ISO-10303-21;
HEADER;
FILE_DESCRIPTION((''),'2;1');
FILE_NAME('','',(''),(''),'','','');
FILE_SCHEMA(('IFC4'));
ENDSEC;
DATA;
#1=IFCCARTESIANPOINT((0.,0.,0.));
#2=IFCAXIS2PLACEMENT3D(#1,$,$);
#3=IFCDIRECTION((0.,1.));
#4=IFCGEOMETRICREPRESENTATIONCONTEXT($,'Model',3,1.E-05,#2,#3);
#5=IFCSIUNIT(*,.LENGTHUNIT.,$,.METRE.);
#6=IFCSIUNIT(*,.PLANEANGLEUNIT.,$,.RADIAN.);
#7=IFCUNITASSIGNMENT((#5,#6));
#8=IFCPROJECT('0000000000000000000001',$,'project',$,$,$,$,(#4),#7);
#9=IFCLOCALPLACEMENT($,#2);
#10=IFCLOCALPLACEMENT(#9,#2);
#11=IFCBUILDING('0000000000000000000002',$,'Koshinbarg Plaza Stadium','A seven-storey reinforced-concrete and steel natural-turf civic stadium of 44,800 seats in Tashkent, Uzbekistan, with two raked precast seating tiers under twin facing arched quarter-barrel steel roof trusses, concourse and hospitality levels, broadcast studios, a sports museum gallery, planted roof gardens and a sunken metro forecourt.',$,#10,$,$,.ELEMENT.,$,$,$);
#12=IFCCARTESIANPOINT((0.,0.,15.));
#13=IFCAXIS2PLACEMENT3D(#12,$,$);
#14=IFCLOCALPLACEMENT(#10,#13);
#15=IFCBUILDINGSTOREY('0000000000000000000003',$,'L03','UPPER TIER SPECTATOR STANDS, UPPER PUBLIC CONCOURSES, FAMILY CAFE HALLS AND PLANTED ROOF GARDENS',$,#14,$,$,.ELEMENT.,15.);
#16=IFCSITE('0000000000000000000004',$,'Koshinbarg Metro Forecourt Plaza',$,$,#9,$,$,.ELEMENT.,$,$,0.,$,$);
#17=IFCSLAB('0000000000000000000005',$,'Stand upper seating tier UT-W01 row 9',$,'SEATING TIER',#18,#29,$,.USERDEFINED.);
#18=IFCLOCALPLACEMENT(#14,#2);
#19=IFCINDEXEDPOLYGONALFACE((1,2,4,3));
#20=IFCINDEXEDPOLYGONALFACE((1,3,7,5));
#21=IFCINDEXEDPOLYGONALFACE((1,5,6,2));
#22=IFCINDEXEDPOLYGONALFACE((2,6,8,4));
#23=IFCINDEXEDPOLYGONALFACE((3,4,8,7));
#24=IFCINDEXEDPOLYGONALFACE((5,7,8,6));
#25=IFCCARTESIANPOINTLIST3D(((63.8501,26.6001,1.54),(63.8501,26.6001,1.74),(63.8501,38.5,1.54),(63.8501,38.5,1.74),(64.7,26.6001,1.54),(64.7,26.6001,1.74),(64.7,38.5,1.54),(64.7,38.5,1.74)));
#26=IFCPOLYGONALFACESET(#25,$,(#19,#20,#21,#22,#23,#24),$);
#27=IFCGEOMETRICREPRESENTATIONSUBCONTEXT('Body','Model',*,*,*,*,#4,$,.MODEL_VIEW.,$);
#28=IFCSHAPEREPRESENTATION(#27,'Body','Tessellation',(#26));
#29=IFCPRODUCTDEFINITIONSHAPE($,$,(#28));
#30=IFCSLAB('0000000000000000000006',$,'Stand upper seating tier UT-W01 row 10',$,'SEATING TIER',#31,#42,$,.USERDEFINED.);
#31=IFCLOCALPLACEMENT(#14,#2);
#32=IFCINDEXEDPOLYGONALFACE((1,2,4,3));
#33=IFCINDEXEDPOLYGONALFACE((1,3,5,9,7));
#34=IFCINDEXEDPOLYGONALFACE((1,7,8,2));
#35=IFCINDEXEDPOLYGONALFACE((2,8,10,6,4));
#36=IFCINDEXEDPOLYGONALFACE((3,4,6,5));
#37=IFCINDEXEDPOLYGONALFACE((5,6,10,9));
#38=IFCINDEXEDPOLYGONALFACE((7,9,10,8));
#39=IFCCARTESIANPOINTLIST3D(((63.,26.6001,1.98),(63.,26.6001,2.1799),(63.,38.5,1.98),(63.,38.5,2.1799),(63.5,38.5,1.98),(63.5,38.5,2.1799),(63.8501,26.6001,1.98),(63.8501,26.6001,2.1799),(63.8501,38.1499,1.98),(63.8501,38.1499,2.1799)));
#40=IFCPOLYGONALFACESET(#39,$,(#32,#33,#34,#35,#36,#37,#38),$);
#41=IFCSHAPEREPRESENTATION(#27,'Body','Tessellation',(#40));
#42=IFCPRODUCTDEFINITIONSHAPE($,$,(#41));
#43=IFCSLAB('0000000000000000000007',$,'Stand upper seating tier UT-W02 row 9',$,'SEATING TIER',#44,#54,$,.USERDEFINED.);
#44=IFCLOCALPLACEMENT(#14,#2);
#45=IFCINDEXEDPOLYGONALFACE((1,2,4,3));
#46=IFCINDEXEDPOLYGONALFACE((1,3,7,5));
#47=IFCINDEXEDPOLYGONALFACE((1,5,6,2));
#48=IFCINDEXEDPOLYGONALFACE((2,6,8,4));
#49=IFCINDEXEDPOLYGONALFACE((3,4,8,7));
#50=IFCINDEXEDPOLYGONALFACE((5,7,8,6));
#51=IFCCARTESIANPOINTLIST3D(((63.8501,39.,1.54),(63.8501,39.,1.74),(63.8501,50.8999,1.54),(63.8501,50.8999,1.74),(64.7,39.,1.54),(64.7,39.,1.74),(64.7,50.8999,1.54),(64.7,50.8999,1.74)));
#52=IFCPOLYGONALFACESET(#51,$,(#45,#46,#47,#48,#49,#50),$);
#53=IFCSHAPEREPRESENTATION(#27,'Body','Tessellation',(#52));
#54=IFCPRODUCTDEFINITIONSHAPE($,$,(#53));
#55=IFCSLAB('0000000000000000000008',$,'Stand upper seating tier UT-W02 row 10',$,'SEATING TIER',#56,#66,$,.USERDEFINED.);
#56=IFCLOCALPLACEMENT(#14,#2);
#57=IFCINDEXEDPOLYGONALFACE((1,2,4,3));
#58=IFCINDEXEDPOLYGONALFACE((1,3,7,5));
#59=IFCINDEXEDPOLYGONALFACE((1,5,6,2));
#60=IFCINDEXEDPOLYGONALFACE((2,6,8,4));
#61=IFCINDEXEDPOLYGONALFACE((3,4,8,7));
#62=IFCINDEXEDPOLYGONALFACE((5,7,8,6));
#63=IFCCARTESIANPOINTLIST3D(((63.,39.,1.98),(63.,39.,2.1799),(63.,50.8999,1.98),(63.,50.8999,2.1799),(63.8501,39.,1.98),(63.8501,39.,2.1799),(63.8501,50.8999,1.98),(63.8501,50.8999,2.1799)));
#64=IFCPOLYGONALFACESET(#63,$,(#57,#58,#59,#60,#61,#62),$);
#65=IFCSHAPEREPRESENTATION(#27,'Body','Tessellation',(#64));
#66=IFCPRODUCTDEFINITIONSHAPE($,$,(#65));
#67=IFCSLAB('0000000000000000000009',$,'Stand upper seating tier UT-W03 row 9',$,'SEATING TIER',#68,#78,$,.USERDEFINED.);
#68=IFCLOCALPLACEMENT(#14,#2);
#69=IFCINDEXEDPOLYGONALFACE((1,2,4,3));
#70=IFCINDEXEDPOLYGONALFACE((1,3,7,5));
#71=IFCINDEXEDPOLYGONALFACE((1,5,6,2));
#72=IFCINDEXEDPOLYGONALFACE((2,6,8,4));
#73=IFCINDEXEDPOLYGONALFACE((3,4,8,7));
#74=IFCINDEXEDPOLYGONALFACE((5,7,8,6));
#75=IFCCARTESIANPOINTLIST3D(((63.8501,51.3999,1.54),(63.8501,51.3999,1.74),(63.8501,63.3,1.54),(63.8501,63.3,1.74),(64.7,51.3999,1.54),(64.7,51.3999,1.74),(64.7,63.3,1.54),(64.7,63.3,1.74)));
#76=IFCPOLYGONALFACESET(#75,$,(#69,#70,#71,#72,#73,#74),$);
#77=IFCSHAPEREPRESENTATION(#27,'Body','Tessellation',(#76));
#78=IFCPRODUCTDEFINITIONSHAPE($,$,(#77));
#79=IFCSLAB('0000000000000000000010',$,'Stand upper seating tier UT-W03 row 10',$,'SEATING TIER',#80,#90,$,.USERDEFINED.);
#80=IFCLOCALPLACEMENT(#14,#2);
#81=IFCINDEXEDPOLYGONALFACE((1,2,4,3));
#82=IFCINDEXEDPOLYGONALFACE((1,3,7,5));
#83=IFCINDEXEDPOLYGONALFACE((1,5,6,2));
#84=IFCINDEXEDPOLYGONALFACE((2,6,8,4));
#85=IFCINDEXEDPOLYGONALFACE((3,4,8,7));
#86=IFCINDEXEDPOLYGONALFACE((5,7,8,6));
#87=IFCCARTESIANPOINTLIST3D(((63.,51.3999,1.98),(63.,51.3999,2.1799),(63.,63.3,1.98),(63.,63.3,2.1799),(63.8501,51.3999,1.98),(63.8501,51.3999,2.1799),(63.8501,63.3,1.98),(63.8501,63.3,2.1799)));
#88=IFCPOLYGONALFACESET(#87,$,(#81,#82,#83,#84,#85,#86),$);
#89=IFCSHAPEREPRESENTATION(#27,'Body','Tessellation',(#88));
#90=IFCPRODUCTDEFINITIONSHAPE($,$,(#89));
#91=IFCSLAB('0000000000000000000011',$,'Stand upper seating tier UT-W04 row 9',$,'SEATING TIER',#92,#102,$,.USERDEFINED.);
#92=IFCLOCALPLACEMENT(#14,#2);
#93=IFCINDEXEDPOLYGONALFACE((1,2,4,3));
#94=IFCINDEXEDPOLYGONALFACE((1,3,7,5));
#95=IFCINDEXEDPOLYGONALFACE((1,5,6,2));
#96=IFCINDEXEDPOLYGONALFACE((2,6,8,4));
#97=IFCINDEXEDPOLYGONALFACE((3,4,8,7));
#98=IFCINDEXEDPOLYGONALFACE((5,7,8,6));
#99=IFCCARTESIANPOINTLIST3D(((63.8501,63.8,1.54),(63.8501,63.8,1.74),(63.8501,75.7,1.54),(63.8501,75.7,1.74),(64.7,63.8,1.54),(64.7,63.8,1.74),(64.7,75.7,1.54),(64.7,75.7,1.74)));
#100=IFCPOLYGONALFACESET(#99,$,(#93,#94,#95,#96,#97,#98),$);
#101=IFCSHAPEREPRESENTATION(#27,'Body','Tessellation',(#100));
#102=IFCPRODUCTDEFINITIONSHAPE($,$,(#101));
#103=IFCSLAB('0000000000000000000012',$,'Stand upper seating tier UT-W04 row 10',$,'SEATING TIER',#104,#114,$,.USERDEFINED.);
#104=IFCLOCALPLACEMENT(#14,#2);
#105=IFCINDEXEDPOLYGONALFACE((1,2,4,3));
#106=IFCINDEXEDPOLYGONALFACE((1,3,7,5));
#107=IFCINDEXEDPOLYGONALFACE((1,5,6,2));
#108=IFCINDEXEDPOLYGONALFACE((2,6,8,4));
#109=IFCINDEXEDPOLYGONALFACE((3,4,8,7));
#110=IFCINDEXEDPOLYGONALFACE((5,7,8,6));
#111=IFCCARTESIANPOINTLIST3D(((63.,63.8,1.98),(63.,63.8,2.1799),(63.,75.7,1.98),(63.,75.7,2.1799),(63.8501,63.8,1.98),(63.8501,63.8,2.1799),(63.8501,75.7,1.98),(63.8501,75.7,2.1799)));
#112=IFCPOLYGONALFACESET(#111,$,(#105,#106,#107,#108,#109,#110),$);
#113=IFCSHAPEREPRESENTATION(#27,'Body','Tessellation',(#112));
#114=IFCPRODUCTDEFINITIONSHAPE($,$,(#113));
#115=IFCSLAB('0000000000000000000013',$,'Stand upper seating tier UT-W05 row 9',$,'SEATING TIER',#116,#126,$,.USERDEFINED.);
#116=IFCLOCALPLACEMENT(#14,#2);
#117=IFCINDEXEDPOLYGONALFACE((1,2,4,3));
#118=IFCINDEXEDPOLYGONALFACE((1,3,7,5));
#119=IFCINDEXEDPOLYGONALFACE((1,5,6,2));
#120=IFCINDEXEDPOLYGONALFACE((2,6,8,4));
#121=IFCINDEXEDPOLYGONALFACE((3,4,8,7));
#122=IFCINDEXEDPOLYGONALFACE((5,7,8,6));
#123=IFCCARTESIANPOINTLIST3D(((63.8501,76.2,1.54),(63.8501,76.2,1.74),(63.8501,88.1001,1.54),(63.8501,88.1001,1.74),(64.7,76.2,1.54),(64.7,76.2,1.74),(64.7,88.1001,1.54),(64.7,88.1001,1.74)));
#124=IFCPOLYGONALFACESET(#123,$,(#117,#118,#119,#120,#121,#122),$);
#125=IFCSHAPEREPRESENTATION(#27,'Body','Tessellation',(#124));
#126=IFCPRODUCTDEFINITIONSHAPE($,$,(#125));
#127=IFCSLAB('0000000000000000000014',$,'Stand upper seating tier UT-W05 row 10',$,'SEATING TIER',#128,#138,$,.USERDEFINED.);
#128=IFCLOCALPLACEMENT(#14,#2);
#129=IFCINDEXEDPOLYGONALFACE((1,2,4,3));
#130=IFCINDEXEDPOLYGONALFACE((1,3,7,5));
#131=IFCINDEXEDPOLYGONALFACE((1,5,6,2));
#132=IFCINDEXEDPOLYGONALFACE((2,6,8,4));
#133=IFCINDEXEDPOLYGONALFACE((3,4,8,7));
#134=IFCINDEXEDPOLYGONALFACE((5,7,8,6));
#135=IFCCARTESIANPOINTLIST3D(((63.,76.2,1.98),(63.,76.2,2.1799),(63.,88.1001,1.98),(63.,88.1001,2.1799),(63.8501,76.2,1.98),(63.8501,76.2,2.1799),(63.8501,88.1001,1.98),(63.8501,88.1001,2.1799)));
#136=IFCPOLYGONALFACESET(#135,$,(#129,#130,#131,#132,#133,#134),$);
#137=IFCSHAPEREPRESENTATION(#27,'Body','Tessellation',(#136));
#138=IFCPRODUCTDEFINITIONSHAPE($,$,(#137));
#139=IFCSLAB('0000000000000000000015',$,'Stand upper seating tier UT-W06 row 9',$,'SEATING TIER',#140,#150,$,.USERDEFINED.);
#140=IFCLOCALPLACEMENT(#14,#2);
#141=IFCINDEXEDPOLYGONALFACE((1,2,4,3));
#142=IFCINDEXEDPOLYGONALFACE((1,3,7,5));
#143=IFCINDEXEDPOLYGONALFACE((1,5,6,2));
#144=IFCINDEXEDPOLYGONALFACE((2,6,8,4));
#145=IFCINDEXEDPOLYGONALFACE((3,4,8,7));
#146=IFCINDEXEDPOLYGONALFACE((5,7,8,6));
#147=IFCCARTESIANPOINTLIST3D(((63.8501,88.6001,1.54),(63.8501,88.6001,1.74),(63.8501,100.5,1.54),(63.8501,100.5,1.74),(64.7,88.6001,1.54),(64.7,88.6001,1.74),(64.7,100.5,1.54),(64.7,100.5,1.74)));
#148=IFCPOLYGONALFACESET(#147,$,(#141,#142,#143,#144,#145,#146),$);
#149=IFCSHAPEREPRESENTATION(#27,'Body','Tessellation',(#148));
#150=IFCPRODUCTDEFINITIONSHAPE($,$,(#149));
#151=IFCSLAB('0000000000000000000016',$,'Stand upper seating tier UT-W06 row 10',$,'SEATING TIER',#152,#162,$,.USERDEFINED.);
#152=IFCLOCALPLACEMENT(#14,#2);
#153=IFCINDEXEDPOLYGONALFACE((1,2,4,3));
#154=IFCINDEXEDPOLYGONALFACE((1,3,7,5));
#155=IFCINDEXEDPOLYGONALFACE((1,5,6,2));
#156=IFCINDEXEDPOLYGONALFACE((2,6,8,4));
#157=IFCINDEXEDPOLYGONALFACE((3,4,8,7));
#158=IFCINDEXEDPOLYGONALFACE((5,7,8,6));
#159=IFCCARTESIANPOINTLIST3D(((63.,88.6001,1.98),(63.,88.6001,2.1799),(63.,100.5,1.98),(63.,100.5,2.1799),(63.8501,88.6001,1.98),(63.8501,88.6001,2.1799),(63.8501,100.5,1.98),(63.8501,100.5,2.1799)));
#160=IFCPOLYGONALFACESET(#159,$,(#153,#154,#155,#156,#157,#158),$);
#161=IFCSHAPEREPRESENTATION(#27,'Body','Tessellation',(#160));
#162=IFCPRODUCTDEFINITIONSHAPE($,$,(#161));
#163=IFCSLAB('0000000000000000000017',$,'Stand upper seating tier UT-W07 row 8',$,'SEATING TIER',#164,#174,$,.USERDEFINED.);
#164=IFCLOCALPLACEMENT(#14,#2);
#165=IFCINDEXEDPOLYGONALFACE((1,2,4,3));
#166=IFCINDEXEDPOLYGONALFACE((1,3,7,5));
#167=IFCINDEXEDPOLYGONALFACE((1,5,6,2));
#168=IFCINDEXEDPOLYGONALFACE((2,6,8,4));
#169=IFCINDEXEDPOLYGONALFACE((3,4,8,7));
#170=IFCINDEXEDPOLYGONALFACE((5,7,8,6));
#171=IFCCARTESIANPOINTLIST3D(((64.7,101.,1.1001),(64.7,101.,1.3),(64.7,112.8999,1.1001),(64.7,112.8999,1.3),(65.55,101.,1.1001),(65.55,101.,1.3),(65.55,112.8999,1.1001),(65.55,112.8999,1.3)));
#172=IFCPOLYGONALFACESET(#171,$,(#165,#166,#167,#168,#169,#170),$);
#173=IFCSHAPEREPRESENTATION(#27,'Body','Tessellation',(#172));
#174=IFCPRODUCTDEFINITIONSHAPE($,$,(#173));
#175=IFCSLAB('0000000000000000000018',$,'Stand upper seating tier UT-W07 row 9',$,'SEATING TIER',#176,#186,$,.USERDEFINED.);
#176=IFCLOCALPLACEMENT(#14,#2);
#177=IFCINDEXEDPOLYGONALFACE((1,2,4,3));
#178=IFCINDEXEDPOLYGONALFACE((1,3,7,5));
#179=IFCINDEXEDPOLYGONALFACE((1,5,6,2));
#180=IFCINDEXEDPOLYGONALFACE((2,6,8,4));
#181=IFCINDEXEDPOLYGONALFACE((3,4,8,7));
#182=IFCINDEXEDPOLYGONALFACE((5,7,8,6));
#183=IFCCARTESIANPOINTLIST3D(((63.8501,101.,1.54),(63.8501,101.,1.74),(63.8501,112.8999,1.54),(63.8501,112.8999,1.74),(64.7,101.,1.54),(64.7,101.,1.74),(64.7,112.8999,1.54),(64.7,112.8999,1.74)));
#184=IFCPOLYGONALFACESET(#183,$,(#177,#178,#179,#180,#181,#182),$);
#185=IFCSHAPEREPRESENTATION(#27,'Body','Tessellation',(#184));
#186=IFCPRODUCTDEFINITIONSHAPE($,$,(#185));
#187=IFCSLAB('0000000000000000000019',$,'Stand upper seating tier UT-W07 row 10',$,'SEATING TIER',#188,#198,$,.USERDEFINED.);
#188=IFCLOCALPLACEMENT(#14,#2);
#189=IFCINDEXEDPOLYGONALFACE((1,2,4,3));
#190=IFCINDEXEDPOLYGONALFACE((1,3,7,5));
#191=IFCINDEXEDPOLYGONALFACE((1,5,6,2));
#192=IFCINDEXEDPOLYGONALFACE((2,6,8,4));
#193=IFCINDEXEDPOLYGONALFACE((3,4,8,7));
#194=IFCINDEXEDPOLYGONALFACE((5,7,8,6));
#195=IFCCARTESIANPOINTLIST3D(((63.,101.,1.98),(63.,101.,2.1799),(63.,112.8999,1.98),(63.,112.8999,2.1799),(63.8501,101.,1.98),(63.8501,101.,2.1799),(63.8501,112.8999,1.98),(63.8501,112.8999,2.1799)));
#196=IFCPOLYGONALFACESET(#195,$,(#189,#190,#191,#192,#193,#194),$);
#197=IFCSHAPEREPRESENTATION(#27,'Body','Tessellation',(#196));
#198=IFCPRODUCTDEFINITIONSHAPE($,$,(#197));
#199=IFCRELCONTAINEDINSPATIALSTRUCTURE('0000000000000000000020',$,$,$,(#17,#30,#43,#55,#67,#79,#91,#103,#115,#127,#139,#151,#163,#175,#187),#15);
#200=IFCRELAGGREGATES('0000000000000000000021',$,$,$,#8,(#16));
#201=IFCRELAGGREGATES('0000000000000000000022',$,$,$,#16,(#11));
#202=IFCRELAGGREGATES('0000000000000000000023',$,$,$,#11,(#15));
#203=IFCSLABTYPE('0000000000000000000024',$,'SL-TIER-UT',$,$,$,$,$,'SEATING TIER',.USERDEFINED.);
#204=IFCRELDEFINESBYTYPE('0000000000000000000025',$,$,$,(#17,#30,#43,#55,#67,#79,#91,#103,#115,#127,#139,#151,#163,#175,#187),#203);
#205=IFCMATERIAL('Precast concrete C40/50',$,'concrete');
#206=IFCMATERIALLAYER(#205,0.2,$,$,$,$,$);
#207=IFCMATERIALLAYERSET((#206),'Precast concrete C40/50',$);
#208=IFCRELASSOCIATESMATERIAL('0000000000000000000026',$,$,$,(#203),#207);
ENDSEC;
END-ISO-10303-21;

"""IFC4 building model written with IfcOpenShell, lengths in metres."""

from ifc_helpers import new_model, si_unit, direction, frame, origin, place, context, subcontext, project, spatial, polyline, outline, extrude, material, layer, layer_set, type_object, element, save


model = new_model("IFC4")

# Units and contexts
model_context = context("Model", 3, precision=1e-05, world=origin(), true_north=direction((0.0, 1.0)))
body_context = subcontext(model_context, "Body", "Model", "MODEL_VIEW")
ifc_project = project(units=[si_unit("LENGTHUNIT", "METRE"), si_unit("PLANEANGLEUNIT", "RADIAN")], contexts=[model_context])

# Site, building, storey
site_placement = place(None, origin())
site = spatial("IfcSite", under=ifc_project, at=site_placement, Name="Koshinbarg Metro Forecourt Plaza", CompositionType="ELEMENT", RefElevation=0.0)
building_placement = place(site_placement, origin())
building = spatial("IfcBuilding", under=site, at=building_placement, Name="Koshinbarg Plaza Stadium", Description="A seven-storey reinforced-concrete and steel natural-turf civic stadium of 44,800 seats in Tashkent, Uzbekistan, with two raked precast seating tiers under twin facing arched quarter-barrel steel roof trusses, concourse and hospitality levels, broadcast studios, a sports museum gallery, planted roof gardens and a sunken metro forecourt.", CompositionType="ELEMENT")
storey_placement = place(building_placement, frame((0.0, 0.0, 15.0)))
storey = spatial("IfcBuildingStorey", under=building, at=storey_placement, Name="L03", Description="UPPER TIER SPECTATOR STANDS, UPPER PUBLIC CONCOURSES, FAMILY CAFE HALLS AND PLANTED ROOF GARDENS", CompositionType="ELEMENT", Elevation=15.0)

# Slabs
ifc_material = material(Name="Precast concrete C40/50", Category="concrete")
ifc_layer = layer(ifc_material, 0.2)
ifc_layer_set = layer_set([ifc_layer], Name="Precast concrete C40/50")
slab_type = type_object("IfcSlabType", Name="SL-TIER-UT", ElementType="SEATING TIER", PredefinedType="USERDEFINED", material=ifc_layer_set)
slab_1_placement = place(storey_placement, frame((0.0, 0.0, 1.54)))
element("IfcSlab", 1, at=slab_1_placement, inside=storey, type_object=slab_type, Name="Stand upper seating tier UT-W01 row 9", ObjectType="SEATING TIER", PredefinedType="USERDEFINED", context=body_context, shape_type="SweptSolid", body=[
    extrude(outline(polyline([(63.8501, 26.6001), (64.7, 26.6001), (64.7, 38.5), (63.8501, 38.5), (63.8501, 26.6001)])), origin(), (0.0, 0.0, 1.0), 0.2),
])
slab_2_placement = place(storey_placement, frame((0.0, 0.0, 1.98)))
element("IfcSlab", 2, at=slab_2_placement, inside=storey, type_object=slab_type, Name="Stand upper seating tier UT-W01 row 10", ObjectType="SEATING TIER", PredefinedType="USERDEFINED", context=body_context, shape_type="SweptSolid", body=[
    extrude(outline(polyline([(63.0, 26.6001), (63.8501, 26.6001), (63.8501, 38.1499), (63.5, 38.5), (63.0, 38.5), (63.0, 26.6001)])), origin(), (0.0, 0.0, 1.0), 0.2),
])
slab_3_placement = place(storey_placement, frame((0.0, 0.0, 1.54)))
element("IfcSlab", 3, at=slab_3_placement, inside=storey, type_object=slab_type, Name="Stand upper seating tier UT-W02 row 9", ObjectType="SEATING TIER", PredefinedType="USERDEFINED", context=body_context, shape_type="SweptSolid", body=[
    extrude(outline(polyline([(63.8501, 39.0), (64.7, 39.0), (64.7, 50.8999), (63.8501, 50.8999), (63.8501, 39.0)])), origin(), (0.0, 0.0, 1.0), 0.2),
])
slab_4_placement = place(storey_placement, frame((0.0, 0.0, 1.98)))
element("IfcSlab", 4, at=slab_4_placement, inside=storey, type_object=slab_type, Name="Stand upper seating tier UT-W02 row 10", ObjectType="SEATING TIER", PredefinedType="USERDEFINED", context=body_context, shape_type="SweptSolid", body=[
    extrude(outline(polyline([(63.0, 39.0), (63.8501, 39.0), (63.8501, 50.8999), (63.0, 50.8999), (63.0, 39.0)])), origin(), (0.0, 0.0, 1.0), 0.2),
])
slab_5_placement = place(storey_placement, frame((0.0, 0.0, 1.54)))
element("IfcSlab", 5, at=slab_5_placement, inside=storey, type_object=slab_type, Name="Stand upper seating tier UT-W03 row 9", ObjectType="SEATING TIER", PredefinedType="USERDEFINED", context=body_context, shape_type="SweptSolid", body=[
    extrude(outline(polyline([(63.8501, 51.3999), (64.7, 51.3999), (64.7, 63.3), (63.8501, 63.3), (63.8501, 51.3999)])), origin(), (0.0, 0.0, 1.0), 0.2),
])
slab_6_placement = place(storey_placement, frame((0.0, 0.0, 1.98)))
element("IfcSlab", 6, at=slab_6_placement, inside=storey, type_object=slab_type, Name="Stand upper seating tier UT-W03 row 10", ObjectType="SEATING TIER", PredefinedType="USERDEFINED", context=body_context, shape_type="SweptSolid", body=[
    extrude(outline(polyline([(63.0, 51.3999), (63.8501, 51.3999), (63.8501, 63.3), (63.0, 63.3), (63.0, 51.3999)])), origin(), (0.0, 0.0, 1.0), 0.2),
])
slab_7_placement = place(storey_placement, frame((0.0, 0.0, 1.54)))
element("IfcSlab", 7, at=slab_7_placement, inside=storey, type_object=slab_type, Name="Stand upper seating tier UT-W04 row 9", ObjectType="SEATING TIER", PredefinedType="USERDEFINED", context=body_context, shape_type="SweptSolid", body=[
    extrude(outline(polyline([(63.8501, 63.8), (64.7, 63.8), (64.7, 75.7), (63.8501, 75.7), (63.8501, 63.8)])), origin(), (0.0, 0.0, 1.0), 0.2),
])
slab_8_placement = place(storey_placement, frame((0.0, 0.0, 1.98)))
element("IfcSlab", 8, at=slab_8_placement, inside=storey, type_object=slab_type, Name="Stand upper seating tier UT-W04 row 10", ObjectType="SEATING TIER", PredefinedType="USERDEFINED", context=body_context, shape_type="SweptSolid", body=[
    extrude(outline(polyline([(63.0, 63.8), (63.8501, 63.8), (63.8501, 75.7), (63.0, 75.7), (63.0, 63.8)])), origin(), (0.0, 0.0, 1.0), 0.2),
])
slab_9_placement = place(storey_placement, frame((0.0, 0.0, 1.54)))
element("IfcSlab", 9, at=slab_9_placement, inside=storey, type_object=slab_type, Name="Stand upper seating tier UT-W05 row 9", ObjectType="SEATING TIER", PredefinedType="USERDEFINED", context=body_context, shape_type="SweptSolid", body=[
    extrude(outline(polyline([(63.8501, 76.2), (64.7, 76.2), (64.7, 88.1001), (63.8501, 88.1001), (63.8501, 76.2)])), origin(), (0.0, 0.0, 1.0), 0.2),
])
slab_10_placement = place(storey_placement, frame((0.0, 0.0, 1.98)))
element("IfcSlab", 10, at=slab_10_placement, inside=storey, type_object=slab_type, Name="Stand upper seating tier UT-W05 row 10", ObjectType="SEATING TIER", PredefinedType="USERDEFINED", context=body_context, shape_type="SweptSolid", body=[
    extrude(outline(polyline([(63.0, 76.2), (63.8501, 76.2), (63.8501, 88.1001), (63.0, 88.1001), (63.0, 76.2)])), origin(), (0.0, 0.0, 1.0), 0.2),
])
slab_11_placement = place(storey_placement, frame((0.0, 0.0, 1.54)))
element("IfcSlab", 11, at=slab_11_placement, inside=storey, type_object=slab_type, Name="Stand upper seating tier UT-W06 row 9", ObjectType="SEATING TIER", PredefinedType="USERDEFINED", context=body_context, shape_type="SweptSolid", body=[
    extrude(outline(polyline([(63.8501, 88.6001), (64.7, 88.6001), (64.7, 100.5), (63.8501, 100.5), (63.8501, 88.6001)])), origin(), (0.0, 0.0, 1.0), 0.2),
])
slab_12_placement = place(storey_placement, frame((0.0, 0.0, 1.98)))
element("IfcSlab", 12, at=slab_12_placement, inside=storey, type_object=slab_type, Name="Stand upper seating tier UT-W06 row 10", ObjectType="SEATING TIER", PredefinedType="USERDEFINED", context=body_context, shape_type="SweptSolid", body=[
    extrude(outline(polyline([(63.0, 88.6001), (63.8501, 88.6001), (63.8501, 100.5), (63.0, 100.5), (63.0, 88.6001)])), origin(), (0.0, 0.0, 1.0), 0.2),
])
slab_13_placement = place(storey_placement, frame((0.0, 0.0, 1.1001)))
element("IfcSlab", 13, at=slab_13_placement, inside=storey, type_object=slab_type, Name="Stand upper seating tier UT-W07 row 8", ObjectType="SEATING TIER", PredefinedType="USERDEFINED", context=body_context, shape_type="SweptSolid", body=[
    extrude(outline(polyline([(64.7, 101.0), (65.55, 101.0), (65.55, 112.8999), (64.7, 112.8999), (64.7, 101.0)])), origin(), (0.0, 0.0, 1.0), 0.2),
])
slab_14_placement = place(storey_placement, frame((0.0, 0.0, 1.54)))
element("IfcSlab", 14, at=slab_14_placement, inside=storey, type_object=slab_type, Name="Stand upper seating tier UT-W07 row 9", ObjectType="SEATING TIER", PredefinedType="USERDEFINED", context=body_context, shape_type="SweptSolid", body=[
    extrude(outline(polyline([(63.8501, 101.0), (64.7, 101.0), (64.7, 112.8999), (63.8501, 112.8999), (63.8501, 101.0)])), origin(), (0.0, 0.0, 1.0), 0.2),
])
slab_15_placement = place(storey_placement, frame((0.0, 0.0, 1.98)))
element("IfcSlab", 15, at=slab_15_placement, inside=storey, type_object=slab_type, Name="Stand upper seating tier UT-W07 row 10", ObjectType="SEATING TIER", PredefinedType="USERDEFINED", context=body_context, shape_type="SweptSolid", body=[
    extrude(outline(polyline([(63.0, 101.0), (63.8501, 101.0), (63.8501, 112.8999), (63.0, 112.8999), (63.0, 101.0)])), origin(), (0.0, 0.0, 1.0), 0.2),
])

save(model, "model.ifc")
